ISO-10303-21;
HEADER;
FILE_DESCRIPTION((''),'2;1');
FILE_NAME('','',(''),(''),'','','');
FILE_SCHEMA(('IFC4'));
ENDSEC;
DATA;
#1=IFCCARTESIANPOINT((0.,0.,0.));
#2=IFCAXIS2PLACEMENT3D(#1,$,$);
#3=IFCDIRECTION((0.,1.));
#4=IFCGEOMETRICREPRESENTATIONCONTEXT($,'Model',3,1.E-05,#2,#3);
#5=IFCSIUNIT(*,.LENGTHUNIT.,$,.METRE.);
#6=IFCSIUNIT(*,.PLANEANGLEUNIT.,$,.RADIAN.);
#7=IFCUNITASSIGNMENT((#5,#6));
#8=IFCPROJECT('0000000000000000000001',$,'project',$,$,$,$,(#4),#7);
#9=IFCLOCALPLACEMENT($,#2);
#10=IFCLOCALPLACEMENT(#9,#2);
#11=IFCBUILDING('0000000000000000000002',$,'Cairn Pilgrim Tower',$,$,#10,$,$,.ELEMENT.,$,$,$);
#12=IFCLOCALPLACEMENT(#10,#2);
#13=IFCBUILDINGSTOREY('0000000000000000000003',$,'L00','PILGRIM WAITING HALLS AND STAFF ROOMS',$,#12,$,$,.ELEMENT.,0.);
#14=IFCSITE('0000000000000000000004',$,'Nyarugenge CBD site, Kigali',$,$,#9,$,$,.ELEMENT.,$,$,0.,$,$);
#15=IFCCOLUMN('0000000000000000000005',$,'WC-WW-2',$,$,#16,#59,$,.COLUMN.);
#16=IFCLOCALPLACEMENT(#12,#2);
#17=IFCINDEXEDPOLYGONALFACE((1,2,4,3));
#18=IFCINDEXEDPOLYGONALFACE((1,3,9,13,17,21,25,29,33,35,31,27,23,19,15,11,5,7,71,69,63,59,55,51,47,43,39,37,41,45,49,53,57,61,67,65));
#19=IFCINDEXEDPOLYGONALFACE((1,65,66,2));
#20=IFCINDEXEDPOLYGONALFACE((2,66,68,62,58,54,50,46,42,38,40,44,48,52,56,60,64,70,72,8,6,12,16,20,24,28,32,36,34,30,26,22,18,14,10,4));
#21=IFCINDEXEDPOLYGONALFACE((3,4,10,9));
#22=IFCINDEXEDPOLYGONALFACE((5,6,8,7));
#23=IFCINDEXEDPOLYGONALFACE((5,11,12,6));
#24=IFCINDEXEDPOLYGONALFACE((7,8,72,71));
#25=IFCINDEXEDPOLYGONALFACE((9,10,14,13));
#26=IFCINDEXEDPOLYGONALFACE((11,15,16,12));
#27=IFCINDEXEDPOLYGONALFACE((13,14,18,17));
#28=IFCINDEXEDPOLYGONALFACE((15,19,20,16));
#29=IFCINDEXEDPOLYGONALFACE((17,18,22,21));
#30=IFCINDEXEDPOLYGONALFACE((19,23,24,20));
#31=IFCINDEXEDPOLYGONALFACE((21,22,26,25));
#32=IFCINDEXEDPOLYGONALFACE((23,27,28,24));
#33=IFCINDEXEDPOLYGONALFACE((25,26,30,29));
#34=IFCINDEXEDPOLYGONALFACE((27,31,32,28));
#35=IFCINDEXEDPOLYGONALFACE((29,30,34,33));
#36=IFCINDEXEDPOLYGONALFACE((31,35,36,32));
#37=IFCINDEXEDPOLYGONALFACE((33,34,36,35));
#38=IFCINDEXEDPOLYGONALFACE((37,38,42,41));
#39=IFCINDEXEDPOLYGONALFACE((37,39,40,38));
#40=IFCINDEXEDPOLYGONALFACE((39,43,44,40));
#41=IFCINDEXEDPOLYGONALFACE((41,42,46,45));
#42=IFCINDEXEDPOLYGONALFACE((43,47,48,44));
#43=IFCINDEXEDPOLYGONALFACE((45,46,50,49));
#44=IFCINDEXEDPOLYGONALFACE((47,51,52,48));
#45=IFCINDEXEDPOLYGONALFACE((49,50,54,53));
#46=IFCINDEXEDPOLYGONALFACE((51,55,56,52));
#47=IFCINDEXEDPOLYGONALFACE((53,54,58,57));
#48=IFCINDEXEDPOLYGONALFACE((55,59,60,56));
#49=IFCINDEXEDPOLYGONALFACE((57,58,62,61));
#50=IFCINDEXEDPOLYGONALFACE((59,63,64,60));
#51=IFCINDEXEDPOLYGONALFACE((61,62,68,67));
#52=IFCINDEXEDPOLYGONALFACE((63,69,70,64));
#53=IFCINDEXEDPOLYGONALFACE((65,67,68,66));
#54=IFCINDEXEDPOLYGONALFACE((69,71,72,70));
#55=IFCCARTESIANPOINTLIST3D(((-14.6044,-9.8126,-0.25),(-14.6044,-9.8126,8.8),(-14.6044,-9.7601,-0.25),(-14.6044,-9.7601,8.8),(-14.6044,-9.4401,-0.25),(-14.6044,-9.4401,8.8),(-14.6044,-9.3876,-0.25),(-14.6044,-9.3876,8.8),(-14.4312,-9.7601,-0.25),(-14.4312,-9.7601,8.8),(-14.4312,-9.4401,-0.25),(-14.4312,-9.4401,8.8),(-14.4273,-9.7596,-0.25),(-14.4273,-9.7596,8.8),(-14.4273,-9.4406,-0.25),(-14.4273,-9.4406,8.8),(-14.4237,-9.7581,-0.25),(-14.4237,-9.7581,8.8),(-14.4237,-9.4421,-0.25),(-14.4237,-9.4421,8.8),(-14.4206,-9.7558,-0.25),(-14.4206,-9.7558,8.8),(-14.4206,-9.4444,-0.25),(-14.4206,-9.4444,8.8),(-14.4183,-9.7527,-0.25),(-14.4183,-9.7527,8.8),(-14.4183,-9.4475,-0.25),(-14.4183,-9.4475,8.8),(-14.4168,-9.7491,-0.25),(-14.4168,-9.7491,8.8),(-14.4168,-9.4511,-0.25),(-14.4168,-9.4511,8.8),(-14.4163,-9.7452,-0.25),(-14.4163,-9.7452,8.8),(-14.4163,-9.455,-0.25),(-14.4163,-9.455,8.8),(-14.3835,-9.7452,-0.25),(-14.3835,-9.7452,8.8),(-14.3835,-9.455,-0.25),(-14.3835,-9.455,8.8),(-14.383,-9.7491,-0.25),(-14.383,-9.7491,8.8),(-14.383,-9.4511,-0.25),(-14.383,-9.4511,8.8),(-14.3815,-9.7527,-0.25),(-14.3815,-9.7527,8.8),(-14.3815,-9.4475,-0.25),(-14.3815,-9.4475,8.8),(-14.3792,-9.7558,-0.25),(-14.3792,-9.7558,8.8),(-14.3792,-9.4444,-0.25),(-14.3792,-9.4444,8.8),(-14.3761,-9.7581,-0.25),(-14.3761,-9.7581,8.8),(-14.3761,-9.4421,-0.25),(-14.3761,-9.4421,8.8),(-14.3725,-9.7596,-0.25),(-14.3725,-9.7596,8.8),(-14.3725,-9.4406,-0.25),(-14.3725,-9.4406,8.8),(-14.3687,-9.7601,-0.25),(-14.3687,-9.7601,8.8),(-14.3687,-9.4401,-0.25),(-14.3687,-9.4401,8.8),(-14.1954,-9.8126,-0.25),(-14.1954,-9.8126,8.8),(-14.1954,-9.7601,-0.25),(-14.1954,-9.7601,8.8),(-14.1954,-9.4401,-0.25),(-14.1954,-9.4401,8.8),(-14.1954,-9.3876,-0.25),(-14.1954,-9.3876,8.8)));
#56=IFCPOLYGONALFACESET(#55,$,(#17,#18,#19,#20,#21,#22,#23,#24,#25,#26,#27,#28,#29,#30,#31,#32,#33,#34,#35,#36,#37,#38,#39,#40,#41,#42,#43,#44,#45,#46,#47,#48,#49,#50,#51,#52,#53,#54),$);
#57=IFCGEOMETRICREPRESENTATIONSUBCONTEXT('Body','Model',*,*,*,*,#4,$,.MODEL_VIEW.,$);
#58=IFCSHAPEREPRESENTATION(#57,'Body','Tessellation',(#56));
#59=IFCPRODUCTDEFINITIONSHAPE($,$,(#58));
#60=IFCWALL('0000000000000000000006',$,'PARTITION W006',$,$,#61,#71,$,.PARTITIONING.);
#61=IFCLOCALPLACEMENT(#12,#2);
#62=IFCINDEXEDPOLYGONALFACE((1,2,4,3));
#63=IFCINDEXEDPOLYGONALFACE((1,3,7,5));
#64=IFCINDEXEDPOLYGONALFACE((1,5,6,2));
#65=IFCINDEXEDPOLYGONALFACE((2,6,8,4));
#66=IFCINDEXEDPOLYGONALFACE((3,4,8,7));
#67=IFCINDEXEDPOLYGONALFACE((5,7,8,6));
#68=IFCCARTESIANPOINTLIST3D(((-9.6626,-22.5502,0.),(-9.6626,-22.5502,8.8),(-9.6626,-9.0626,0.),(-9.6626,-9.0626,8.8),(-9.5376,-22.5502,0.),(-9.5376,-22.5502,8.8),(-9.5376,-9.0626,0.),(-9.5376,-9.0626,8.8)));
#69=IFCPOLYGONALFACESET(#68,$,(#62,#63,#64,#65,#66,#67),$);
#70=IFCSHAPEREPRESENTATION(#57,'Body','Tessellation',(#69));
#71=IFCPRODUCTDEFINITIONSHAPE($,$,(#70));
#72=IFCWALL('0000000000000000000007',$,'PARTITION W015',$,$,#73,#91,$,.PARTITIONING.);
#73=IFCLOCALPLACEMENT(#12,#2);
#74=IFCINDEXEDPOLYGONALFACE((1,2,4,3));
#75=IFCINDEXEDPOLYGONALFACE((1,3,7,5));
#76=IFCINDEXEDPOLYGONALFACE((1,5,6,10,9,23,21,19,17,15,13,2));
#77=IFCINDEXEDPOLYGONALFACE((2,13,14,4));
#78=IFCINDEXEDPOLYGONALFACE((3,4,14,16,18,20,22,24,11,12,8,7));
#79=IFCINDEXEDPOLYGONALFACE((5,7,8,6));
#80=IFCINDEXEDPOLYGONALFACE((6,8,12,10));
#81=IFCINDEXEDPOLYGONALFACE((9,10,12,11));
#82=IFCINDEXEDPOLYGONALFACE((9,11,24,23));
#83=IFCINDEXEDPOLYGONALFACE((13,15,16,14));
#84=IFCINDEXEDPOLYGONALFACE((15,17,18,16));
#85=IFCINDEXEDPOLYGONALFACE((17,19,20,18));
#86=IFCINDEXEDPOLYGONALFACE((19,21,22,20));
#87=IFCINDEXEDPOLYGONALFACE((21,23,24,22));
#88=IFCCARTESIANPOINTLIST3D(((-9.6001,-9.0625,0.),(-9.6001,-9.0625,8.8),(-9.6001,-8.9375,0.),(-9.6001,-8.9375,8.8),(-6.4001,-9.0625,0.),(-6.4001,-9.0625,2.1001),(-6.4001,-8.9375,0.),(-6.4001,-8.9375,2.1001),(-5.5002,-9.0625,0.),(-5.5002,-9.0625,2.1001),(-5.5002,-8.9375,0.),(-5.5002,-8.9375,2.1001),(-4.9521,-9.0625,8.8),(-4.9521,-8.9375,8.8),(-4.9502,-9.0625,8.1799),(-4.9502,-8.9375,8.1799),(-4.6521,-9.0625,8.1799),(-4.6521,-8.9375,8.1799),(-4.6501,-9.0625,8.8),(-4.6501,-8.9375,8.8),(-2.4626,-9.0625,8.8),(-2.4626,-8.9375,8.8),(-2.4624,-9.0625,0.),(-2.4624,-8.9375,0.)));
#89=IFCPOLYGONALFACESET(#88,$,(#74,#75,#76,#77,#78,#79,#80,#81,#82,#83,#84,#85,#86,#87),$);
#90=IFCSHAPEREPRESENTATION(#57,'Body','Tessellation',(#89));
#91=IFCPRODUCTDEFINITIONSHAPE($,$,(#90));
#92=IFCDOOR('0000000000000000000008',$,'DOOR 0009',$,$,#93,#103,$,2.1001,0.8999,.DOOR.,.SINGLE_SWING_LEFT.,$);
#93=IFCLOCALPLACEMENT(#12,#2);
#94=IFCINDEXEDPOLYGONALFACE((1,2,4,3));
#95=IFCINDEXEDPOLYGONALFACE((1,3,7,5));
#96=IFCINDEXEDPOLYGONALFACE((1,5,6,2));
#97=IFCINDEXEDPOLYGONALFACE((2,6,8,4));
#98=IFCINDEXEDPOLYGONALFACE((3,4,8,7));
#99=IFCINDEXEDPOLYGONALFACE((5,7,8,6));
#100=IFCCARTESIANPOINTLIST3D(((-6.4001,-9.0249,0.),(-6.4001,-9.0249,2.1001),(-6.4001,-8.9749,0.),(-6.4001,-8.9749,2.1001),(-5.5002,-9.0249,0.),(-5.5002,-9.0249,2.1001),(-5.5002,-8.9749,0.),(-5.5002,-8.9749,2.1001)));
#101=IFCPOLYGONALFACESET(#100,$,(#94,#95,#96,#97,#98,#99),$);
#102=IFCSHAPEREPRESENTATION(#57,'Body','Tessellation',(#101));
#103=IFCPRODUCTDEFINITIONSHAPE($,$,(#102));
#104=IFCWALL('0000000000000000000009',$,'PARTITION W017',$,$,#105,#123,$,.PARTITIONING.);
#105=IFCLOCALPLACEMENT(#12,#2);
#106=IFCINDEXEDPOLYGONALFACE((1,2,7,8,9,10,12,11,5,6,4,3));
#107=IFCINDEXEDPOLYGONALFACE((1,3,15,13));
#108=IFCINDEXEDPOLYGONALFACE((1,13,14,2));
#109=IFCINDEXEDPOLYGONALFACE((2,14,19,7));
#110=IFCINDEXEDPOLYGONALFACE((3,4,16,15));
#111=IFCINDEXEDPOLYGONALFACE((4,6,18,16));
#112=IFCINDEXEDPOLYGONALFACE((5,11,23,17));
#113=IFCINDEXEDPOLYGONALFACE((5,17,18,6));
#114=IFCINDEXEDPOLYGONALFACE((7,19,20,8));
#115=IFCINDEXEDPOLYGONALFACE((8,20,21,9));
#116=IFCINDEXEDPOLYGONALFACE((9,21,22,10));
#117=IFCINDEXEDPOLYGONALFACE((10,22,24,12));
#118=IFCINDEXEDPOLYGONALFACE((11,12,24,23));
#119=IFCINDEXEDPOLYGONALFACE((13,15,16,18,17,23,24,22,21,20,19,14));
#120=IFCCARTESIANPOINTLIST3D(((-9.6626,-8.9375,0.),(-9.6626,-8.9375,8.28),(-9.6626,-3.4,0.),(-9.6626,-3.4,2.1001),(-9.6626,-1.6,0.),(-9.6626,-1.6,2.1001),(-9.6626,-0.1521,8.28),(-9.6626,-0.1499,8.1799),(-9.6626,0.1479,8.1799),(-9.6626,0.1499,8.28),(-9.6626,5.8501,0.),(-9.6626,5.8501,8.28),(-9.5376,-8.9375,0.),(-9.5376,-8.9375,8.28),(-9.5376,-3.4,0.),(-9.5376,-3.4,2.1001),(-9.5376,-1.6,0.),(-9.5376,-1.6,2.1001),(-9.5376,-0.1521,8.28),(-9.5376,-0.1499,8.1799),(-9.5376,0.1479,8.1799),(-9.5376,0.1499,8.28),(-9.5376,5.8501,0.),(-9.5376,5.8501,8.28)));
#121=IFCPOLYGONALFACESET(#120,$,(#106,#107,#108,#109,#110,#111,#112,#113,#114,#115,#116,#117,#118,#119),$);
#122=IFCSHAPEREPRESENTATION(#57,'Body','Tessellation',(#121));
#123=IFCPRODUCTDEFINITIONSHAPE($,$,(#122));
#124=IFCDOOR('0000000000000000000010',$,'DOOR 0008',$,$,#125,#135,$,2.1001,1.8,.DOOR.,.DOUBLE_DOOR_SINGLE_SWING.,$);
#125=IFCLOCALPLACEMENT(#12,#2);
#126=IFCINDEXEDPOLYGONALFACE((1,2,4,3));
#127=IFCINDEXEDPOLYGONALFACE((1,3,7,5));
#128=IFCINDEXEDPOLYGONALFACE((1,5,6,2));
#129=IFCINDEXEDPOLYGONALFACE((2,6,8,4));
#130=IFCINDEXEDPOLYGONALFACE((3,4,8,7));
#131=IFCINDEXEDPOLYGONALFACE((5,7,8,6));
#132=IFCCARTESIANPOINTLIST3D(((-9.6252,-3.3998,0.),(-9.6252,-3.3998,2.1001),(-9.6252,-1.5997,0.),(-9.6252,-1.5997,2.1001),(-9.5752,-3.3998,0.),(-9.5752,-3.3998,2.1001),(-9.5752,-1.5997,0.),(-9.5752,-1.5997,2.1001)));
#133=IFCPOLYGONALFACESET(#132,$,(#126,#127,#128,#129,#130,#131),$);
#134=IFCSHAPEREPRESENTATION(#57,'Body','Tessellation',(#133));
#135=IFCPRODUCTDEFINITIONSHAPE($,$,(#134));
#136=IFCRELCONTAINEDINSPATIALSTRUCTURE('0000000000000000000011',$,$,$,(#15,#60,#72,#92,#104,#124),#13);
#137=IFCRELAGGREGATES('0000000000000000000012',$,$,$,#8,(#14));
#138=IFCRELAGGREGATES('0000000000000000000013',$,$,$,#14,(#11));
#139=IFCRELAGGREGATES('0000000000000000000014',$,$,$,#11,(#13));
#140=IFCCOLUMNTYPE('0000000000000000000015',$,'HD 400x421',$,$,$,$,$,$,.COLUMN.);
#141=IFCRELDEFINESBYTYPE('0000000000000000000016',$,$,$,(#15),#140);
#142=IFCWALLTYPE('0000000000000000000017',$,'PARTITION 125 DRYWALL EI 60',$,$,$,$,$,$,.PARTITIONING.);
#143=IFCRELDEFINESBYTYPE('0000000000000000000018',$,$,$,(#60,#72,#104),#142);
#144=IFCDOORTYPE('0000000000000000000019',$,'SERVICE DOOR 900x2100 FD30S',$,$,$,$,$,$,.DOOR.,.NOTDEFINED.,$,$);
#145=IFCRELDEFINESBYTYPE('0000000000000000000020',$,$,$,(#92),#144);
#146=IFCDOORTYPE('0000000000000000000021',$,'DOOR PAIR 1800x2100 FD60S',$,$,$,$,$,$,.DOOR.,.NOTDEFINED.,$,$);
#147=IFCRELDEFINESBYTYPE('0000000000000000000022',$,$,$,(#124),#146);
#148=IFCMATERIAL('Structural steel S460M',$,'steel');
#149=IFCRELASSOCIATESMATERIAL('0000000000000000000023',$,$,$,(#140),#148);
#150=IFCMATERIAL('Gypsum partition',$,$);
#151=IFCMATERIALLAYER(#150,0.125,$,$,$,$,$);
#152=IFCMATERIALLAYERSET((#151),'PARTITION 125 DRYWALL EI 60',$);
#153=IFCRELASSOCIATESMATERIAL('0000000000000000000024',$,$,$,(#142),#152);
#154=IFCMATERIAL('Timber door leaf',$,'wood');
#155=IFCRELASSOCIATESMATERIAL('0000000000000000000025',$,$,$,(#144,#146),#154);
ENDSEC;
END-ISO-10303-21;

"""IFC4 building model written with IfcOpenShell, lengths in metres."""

from ifc_helpers import new_model, si_unit, direction, frame, frame_2d, origin, origin_2d, place, context, subcontext, project, spatial, polyline, rectangle, i_section, outline, extrude, material, layer, layer_set, material_profile, profile_set, type_object, element, fill, save


model = new_model("IFC4")

# Units and contexts
model_context = context("Model", 3, precision=1e-05, world=origin(), true_north=direction((0.0, 1.0)))
body_context = subcontext(model_context, "Body", "Model", "MODEL_VIEW")
ifc_project = project(units=[si_unit("LENGTHUNIT", "METRE"), si_unit("PLANEANGLEUNIT", "RADIAN")], contexts=[model_context])

# Site, building, storey
site_placement = place(None, origin())
site = spatial("IfcSite", under=ifc_project, at=site_placement, Name="Nyarugenge CBD site, Kigali", CompositionType="ELEMENT", RefElevation=0.0)
building_placement = place(site_placement, origin())
building = spatial("IfcBuilding", under=site, at=building_placement, Name="Cairn Pilgrim Tower", CompositionType="ELEMENT")
storey_placement = place(building_placement, origin())
storey = spatial("IfcBuildingStorey", under=building, at=storey_placement, Name="L00", Description="PILGRIM WAITING HALLS AND STAFF ROOMS", CompositionType="ELEMENT", Elevation=0.0)

# Column
ifc_material_1 = material(Name="Structural steel S460M", Category="steel")
ifc_material_profile_1 = material_profile(ifc_material_1, i_section(OverallWidth=0.4089, OverallDepth=0.425, WebThickness=0.0327, FlangeThickness=0.0525, FilletRadius=0.0149, at=origin_2d()), Name="HD 400x421")
ifc_profile_set_1 = profile_set([ifc_material_profile_1], Name="Structural steel S460M")
column_type_1 = type_object("IfcColumnType", Name="HD 400x421", PredefinedType="COLUMN", material=ifc_profile_set_1)
for number, where, z_axis, x_axis, name in (
    (1, (-14.3999, -9.6001, -0.25), (0.0, 0.0, 1.0), (1.0, 0.0, 0.0), "WC-WW-2"),
):
    element("IfcColumn", number, at=place(storey_placement, frame(where, z_axis=z_axis, x_axis=x_axis)), inside=storey, type_object=column_type_1, Name=name, PredefinedType="COLUMN", context=body_context, shape_type="SweptSolid", body=[
        extrude(i_section(OverallWidth=0.4089, OverallDepth=0.425, WebThickness=0.0327, FlangeThickness=0.0525, FilletRadius=0.0149, at=origin_2d()), origin(), (0.0, 0.0, 1.0), 9.05),
    ])

# Wall
ifc_material_2 = material(Name="Gypsum partition")
ifc_layer = layer(ifc_material_2, 0.125)
ifc_layer_set = layer_set([ifc_layer], Name="PARTITION 125 DRYWALL EI 60")
wall_type = type_object("IfcWallType", Name="PARTITION 125 DRYWALL EI 60", PredefinedType="PARTITIONING", material=ifc_layer_set)
wall_1_placement = place(storey_placement, frame((-9.6001, -22.55, 0.0), z_axis=(0.0, 0.0, 1.0), x_axis=(0.0, 1.0, 0.0)))
element("IfcWall", 2, at=wall_1_placement, inside=storey, type_object=wall_type, Name="PARTITION W006", PredefinedType="PARTITIONING", context=body_context, shape_type="SweptSolid", body=[
    extrude(rectangle(XDim=13.4875, YDim=0.125, at=frame_2d((6.7437, 0.0))), origin(), (0.0, 0.0, 1.0), 8.8),
])

# Walls, openings, doors
wall_2_placement = place(storey_placement, frame((-9.6001, -9.0, 0.0), z_axis=(0.0, 0.0, 1.0), x_axis=(1.0, 0.0, 0.0)))
wall_2 = element("IfcWall", 3, at=wall_2_placement, inside=storey, type_object=wall_type, Name="PARTITION W015", PredefinedType="PARTITIONING", context=body_context, shape_type="SweptSolid", body=[
    extrude(outline(polyline([(0.0, 0.0), (7.1377, 0.0), (7.1375, 8.8), (4.95, 8.8), (4.948, 8.1799), (4.6499, 8.1799), (4.6479, 8.8), (0.0, 8.8), (0.0, 0.0)])), frame((0.0, 0.0625, 0.0), z_axis=(0.0, -1.0, 0.0), x_axis=(1.0, 0.0, 0.0)), (0.0, 0.0, 1.0), 0.125),
])
opening_1_placement = place(wall_2_placement, frame((3.2, 0.0, 0.0)))
opening_1 = element("IfcOpeningElement", 4, at=opening_1_placement, cuts=wall_2, PredefinedType="OPENING", context=body_context, shape_type="SweptSolid", body=[
    extrude(rectangle(XDim=0.8999, YDim=2.1001, at=frame_2d((0.45, 1.05))), frame((0.0, 0.0725, 0.0), z_axis=(0.0, -1.0, 0.0), x_axis=(1.0, 0.0, 0.0)), (0.0, 0.0, 1.0), 0.145),
])
ifc_material_3 = material(Name="Timber door leaf", Category="wood")
door_type_1 = type_object("IfcDoorType", Name="SERVICE DOOR 900x2100 FD30S", OperationType="NOTDEFINED", PredefinedType="DOOR", material=ifc_material_3)
door_1_placement = place(opening_1_placement, frame((0.8999, 0.0, 0.0), z_axis=(0.0, 0.0, 1.0), x_axis=(-1.0, 0.0, 0.0)))
door_1 = element("IfcDoor", 5, at=door_1_placement, inside=storey, type_object=door_type_1, Name="DOOR 0009", OperationType="SINGLE_SWING_LEFT", OverallHeight=2.1001, OverallWidth=0.8999, PredefinedType="DOOR", context=body_context, shape_type="SweptSolid", body=[
    extrude(rectangle(XDim=0.8999, YDim=2.1001, at=frame_2d((0.45, 1.05))), frame((0.0, 0.0249, 0.0), z_axis=(0.0, -1.0, 0.0), x_axis=(1.0, 0.0, 0.0)), (0.0, 0.0, 1.0), 0.05),
])
fill(opening_1, door_1)
wall_3_placement = place(storey_placement, frame((-9.6001, -8.9375, 0.0), z_axis=(0.0, 0.0, 1.0), x_axis=(0.0, 1.0, 0.0)))
wall_3 = element("IfcWall", 6, at=wall_3_placement, inside=storey, type_object=wall_type, Name="PARTITION W017", PredefinedType="PARTITIONING", context=body_context, shape_type="SweptSolid", body=[
    extrude(outline(polyline([(0.0, 0.0), (14.7876, 0.0), (14.7876, 8.28), (9.0874, 8.28), (9.0854, 8.1799), (8.7876, 8.1799), (8.7854, 8.28), (0.0, 8.28), (0.0, 0.0)])), frame((0.0, 0.0625, 0.0), z_axis=(0.0, -1.0, 0.0), x_axis=(1.0, 0.0, 0.0)), (0.0, 0.0, 1.0), 0.125),
])
opening_2_placement = place(wall_3_placement, frame((5.5376, 0.0, 0.0)))
opening_2 = element("IfcOpeningElement", 7, at=opening_2_placement, cuts=wall_3, PredefinedType="OPENING", context=body_context, shape_type="SweptSolid", body=[
    extrude(rectangle(XDim=1.8, YDim=2.1001, at=frame_2d((0.8999, 1.05))), frame((0.0, 0.0725, 0.0), z_axis=(0.0, -1.0, 0.0), x_axis=(1.0, 0.0, 0.0)), (0.0, 0.0, 1.0), 0.145),
])
door_type_2 = type_object("IfcDoorType", Name="DOOR PAIR 1800x2100 FD60S", OperationType="NOTDEFINED", PredefinedType="DOOR", material=ifc_material_3)
door_2_placement = place(opening_2_placement, frame((1.8, 0.0, 0.0), z_axis=(0.0, 0.0, 1.0), x_axis=(-1.0, 0.0, 0.0)))
door_2 = element("IfcDoor", 8, at=door_2_placement, inside=storey, type_object=door_type_2, Name="DOOR 0008", OperationType="DOUBLE_DOOR_SINGLE_SWING", OverallHeight=2.1001, OverallWidth=1.8, PredefinedType="DOOR", context=body_context, shape_type="SweptSolid", body=[
    extrude(rectangle(XDim=1.8, YDim=2.1001, at=frame_2d((0.8999, 1.05))), frame((0.0, 0.0249, 0.0), z_axis=(0.0, -1.0, 0.0), x_axis=(1.0, 0.0, 0.0)), (0.0, 0.0, 1.0), 0.05),
])
fill(opening_2, door_2)

save(model, "model.ifc")
